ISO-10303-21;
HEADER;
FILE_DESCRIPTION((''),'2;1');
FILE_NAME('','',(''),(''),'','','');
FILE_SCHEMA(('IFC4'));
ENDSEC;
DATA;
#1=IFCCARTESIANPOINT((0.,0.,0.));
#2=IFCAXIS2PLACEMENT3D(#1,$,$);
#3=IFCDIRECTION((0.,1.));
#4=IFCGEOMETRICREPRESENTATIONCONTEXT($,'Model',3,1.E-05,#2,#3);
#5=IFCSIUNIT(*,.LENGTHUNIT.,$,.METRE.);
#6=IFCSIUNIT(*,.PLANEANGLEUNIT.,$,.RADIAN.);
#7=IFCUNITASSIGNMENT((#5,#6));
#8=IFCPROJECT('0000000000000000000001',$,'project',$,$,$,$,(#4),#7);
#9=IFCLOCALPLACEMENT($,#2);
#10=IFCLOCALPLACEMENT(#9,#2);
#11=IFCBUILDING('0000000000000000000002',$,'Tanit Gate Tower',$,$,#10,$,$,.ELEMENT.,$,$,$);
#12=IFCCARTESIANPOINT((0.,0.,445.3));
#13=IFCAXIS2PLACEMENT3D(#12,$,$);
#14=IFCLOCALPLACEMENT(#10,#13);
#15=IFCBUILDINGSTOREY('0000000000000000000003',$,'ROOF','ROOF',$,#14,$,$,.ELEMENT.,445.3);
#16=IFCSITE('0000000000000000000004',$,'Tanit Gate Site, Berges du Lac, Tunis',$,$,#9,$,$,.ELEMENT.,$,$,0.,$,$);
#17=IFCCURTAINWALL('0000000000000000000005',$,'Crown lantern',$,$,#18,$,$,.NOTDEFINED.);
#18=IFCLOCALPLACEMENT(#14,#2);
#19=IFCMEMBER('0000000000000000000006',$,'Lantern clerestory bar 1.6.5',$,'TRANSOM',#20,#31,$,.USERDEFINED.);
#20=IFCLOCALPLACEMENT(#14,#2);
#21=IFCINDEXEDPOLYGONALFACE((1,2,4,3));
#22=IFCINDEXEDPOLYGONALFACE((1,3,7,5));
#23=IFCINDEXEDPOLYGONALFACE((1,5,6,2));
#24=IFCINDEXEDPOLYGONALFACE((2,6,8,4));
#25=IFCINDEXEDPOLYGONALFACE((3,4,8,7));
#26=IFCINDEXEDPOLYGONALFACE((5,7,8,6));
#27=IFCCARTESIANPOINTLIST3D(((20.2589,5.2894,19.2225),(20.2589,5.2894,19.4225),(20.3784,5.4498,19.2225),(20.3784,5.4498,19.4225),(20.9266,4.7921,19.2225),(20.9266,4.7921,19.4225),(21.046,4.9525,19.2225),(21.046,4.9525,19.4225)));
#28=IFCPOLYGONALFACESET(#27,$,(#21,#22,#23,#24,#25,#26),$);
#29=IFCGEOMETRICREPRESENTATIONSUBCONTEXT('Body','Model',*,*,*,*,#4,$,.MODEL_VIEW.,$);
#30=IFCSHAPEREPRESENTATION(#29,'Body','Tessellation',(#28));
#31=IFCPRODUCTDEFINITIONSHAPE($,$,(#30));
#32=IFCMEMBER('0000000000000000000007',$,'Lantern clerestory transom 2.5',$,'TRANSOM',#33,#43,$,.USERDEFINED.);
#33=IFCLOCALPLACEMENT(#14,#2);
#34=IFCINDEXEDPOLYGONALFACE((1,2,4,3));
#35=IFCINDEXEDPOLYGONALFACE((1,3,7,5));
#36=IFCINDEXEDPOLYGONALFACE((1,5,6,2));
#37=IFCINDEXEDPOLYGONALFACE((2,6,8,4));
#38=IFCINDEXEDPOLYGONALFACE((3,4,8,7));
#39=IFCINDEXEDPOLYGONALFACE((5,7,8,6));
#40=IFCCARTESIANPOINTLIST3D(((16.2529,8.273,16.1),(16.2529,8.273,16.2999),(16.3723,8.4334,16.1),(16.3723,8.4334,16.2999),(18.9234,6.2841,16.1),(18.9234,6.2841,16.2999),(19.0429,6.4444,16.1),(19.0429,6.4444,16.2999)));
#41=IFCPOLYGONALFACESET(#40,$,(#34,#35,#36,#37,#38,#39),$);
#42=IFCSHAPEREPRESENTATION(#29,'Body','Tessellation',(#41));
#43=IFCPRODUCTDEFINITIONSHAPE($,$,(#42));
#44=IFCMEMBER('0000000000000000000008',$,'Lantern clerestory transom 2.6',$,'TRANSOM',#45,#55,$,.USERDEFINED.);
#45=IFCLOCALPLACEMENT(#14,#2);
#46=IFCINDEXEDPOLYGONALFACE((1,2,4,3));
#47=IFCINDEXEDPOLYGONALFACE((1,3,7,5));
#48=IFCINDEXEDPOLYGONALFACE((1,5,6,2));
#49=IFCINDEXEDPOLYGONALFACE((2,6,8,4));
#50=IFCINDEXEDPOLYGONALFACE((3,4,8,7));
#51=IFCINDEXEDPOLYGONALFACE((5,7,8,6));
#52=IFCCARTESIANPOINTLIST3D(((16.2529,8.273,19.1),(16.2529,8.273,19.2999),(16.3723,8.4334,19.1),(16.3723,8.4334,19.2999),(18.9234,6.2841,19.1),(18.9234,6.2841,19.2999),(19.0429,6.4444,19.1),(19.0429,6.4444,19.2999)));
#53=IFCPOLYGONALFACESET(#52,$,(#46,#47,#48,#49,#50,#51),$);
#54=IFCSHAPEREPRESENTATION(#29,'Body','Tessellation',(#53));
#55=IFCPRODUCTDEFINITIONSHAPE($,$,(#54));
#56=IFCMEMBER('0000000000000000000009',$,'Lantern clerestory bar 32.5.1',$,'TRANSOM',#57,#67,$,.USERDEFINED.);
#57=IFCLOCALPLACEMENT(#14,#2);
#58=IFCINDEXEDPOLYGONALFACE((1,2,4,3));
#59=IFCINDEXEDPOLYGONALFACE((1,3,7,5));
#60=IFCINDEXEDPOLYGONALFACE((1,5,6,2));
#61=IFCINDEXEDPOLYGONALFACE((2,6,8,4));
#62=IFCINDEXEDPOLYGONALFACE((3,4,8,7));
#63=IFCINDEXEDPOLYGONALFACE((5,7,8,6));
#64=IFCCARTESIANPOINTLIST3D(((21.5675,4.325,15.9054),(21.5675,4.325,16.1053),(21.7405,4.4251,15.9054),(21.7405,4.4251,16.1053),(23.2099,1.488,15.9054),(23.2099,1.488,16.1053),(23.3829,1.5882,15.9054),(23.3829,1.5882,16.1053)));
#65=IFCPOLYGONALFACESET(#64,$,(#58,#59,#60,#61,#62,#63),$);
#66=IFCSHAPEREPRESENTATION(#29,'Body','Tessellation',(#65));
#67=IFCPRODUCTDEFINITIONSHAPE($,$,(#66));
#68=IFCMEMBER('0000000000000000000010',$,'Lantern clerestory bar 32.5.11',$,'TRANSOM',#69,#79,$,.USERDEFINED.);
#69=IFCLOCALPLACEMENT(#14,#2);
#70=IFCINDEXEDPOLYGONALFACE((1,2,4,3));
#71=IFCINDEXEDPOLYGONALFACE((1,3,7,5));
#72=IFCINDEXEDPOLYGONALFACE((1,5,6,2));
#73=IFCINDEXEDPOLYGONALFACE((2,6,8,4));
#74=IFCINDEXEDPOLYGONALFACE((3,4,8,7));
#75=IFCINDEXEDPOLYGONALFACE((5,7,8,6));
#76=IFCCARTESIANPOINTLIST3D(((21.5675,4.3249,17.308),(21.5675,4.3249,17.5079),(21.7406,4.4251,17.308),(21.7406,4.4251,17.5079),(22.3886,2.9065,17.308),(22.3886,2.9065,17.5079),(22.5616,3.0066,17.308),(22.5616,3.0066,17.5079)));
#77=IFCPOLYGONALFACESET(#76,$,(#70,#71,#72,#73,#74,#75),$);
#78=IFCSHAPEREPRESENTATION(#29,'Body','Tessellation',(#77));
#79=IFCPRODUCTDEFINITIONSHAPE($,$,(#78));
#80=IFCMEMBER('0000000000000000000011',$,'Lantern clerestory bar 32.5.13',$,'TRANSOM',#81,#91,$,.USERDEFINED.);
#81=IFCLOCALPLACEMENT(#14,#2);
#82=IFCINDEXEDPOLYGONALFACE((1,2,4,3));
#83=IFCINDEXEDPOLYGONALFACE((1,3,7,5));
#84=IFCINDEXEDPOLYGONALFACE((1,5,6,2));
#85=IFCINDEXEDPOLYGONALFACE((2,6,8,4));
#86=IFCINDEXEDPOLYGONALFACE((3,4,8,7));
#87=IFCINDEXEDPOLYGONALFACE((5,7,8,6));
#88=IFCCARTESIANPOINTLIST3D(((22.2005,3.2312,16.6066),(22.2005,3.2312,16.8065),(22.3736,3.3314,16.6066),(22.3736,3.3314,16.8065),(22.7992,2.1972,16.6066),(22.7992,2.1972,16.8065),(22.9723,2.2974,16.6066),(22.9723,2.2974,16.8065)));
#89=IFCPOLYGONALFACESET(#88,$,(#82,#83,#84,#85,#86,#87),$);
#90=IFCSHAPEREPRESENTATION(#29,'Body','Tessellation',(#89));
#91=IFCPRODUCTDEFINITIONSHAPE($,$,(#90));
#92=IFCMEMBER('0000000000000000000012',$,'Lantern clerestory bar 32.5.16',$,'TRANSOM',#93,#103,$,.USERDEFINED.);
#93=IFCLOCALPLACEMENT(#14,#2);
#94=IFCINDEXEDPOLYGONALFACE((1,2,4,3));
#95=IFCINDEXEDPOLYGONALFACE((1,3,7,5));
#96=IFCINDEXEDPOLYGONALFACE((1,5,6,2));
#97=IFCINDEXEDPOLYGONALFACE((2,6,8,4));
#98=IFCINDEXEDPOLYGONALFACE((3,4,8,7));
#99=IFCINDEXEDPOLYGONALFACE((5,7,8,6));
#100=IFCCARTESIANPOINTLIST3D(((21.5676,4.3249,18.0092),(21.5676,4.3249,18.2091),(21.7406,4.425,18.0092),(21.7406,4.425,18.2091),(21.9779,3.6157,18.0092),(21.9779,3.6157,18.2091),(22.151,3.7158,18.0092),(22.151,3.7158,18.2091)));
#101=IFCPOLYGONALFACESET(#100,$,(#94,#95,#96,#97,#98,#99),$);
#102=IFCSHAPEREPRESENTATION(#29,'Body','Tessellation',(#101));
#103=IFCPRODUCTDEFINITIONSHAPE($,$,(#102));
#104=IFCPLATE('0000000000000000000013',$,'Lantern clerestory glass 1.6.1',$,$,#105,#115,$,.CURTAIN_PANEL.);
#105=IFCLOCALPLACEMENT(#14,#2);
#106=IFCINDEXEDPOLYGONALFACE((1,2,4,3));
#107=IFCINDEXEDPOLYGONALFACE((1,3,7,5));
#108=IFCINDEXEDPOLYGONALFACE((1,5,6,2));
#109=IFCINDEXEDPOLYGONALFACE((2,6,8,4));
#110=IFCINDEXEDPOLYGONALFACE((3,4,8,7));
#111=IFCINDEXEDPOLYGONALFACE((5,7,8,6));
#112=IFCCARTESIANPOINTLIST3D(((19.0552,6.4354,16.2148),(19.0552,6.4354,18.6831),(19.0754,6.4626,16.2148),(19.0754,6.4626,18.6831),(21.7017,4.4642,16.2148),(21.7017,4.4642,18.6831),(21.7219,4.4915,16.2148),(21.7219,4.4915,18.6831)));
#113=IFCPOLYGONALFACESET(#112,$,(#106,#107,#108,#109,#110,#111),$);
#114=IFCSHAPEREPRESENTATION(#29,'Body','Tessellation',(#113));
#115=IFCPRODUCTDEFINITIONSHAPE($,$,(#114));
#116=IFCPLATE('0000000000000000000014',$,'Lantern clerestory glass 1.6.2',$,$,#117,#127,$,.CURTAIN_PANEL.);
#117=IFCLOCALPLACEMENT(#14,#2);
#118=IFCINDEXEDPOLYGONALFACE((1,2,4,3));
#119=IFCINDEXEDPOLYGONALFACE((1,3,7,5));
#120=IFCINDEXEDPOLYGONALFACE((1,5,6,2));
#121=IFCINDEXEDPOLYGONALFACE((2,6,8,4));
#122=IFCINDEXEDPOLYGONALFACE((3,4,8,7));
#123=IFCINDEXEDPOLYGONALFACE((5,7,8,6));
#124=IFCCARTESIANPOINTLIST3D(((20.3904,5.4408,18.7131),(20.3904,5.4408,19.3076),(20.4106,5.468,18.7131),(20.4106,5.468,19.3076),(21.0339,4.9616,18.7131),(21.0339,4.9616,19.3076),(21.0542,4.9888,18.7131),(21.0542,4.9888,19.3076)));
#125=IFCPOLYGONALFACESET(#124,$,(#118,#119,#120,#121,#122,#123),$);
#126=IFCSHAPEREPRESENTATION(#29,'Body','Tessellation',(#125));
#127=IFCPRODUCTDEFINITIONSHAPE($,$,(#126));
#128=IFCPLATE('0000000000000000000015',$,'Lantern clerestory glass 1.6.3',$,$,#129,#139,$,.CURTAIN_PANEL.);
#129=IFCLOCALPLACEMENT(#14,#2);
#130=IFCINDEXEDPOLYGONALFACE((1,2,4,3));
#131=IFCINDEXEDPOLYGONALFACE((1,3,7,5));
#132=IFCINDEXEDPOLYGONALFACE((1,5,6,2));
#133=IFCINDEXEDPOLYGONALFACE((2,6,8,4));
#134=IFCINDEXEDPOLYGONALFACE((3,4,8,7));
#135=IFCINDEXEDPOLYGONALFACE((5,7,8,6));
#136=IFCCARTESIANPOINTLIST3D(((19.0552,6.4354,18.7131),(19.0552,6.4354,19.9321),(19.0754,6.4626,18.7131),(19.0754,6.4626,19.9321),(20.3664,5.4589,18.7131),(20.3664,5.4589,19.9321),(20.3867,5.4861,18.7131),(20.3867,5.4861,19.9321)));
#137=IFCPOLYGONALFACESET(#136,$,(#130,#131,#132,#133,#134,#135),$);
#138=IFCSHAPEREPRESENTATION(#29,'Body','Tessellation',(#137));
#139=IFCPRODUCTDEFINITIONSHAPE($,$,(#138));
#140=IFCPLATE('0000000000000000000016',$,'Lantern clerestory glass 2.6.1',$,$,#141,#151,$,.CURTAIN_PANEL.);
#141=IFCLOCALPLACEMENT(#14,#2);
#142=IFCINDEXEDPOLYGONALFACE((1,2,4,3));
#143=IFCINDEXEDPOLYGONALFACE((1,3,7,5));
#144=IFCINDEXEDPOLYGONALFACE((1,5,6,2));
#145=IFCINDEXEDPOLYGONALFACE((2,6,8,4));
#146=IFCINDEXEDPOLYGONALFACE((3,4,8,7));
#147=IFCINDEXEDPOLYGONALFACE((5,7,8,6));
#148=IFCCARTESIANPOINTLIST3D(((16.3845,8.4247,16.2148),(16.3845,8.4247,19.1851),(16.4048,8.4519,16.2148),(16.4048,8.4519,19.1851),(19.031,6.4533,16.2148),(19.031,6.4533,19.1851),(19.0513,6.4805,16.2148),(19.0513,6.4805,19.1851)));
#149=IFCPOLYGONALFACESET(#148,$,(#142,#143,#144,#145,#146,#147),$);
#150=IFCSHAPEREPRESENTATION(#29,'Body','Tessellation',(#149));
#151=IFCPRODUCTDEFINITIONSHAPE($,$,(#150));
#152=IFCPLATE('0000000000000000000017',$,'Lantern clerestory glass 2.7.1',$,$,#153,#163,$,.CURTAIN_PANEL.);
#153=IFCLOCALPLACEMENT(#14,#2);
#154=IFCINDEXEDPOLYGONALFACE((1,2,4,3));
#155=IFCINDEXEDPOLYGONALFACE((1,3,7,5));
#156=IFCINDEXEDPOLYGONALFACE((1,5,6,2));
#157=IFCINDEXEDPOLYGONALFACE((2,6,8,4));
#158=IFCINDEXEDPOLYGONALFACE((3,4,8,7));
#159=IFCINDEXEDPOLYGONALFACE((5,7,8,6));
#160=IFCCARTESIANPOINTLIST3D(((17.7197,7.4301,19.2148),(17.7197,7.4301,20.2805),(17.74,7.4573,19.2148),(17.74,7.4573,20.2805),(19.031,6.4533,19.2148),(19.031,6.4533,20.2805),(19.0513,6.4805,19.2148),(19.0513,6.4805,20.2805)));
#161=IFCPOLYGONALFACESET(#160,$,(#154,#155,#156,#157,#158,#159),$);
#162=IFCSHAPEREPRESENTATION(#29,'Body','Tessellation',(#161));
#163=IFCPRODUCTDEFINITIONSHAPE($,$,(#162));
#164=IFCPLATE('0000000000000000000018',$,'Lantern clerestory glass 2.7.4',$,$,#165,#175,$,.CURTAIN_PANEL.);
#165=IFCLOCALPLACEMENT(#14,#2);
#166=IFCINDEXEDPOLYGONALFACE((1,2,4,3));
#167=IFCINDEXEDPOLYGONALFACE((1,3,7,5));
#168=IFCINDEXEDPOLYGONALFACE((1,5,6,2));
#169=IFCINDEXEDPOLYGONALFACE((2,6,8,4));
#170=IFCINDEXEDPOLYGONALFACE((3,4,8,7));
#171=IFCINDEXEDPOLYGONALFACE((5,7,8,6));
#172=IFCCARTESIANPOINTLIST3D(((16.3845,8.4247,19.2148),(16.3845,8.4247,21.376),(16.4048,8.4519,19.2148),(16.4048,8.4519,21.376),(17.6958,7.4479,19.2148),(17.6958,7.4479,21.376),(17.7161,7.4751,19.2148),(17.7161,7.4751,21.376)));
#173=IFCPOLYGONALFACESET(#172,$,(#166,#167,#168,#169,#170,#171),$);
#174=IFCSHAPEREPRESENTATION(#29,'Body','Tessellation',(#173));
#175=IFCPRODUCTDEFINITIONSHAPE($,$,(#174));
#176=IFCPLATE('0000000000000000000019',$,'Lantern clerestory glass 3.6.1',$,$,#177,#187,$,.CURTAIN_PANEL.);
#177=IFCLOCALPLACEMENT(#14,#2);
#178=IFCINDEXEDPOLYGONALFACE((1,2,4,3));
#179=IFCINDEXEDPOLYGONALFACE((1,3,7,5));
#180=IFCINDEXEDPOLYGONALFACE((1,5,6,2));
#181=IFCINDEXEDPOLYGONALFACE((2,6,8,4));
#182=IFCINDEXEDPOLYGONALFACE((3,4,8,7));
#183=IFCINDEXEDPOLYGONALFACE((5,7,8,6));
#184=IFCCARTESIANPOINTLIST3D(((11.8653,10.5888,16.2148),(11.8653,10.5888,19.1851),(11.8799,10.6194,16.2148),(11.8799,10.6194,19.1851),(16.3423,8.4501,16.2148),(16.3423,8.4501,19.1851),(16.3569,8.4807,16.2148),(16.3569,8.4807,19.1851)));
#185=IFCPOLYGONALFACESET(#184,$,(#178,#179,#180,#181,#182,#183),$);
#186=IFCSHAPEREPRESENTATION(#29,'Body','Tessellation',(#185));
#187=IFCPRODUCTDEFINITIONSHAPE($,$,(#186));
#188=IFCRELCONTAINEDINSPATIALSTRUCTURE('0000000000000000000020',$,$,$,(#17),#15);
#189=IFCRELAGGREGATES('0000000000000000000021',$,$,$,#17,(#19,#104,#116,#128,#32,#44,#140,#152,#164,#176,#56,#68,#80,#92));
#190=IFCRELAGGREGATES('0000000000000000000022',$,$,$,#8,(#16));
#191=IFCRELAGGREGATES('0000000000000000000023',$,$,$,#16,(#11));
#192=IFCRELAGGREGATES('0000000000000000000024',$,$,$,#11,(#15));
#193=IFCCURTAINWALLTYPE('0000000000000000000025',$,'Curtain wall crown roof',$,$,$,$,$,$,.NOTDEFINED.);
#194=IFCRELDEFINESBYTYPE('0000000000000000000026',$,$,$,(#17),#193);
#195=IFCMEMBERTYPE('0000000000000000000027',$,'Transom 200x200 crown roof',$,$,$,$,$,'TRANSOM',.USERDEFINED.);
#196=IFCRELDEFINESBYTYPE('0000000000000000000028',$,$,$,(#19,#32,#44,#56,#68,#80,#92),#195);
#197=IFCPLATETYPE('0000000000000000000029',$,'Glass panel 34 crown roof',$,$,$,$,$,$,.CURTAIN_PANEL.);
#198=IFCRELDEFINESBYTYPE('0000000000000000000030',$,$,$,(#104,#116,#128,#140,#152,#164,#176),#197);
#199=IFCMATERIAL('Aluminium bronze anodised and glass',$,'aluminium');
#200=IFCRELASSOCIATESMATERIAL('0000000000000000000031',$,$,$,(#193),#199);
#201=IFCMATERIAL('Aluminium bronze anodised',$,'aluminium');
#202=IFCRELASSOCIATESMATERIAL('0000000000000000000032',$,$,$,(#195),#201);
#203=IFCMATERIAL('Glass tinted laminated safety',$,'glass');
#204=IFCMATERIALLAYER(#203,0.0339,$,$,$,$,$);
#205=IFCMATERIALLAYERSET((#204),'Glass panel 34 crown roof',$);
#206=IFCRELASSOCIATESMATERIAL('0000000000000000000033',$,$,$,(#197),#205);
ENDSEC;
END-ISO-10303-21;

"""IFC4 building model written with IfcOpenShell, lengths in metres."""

from ifc_helpers import new_model, si_unit, direction, frame, origin, origin_2d, place, context, subcontext, project, spatial, polyline, rectangle, outline, extrude, material, layer, layer_set, material_profile, profile_set, type_object, element, aggregate, save


model = new_model("IFC4")

# Units and contexts
model_context = context("Model", 3, precision=1e-05, world=origin(), true_north=direction((0.0, 1.0)))
body_context = subcontext(model_context, "Body", "Model", "MODEL_VIEW")
ifc_project = project(units=[si_unit("LENGTHUNIT", "METRE"), si_unit("PLANEANGLEUNIT", "RADIAN")], contexts=[model_context])

# Site, building, storey
site_placement = place(None, origin())
site = spatial("IfcSite", under=ifc_project, at=site_placement, Name="Tanit Gate Site, Berges du Lac, Tunis", CompositionType="ELEMENT", RefElevation=0.0)
building_placement = place(site_placement, origin())
building = spatial("IfcBuilding", under=site, at=building_placement, Name="Tanit Gate Tower", CompositionType="ELEMENT")
storey_placement = place(building_placement, frame((0.0, 0.0, 445.3)))
storey = spatial("IfcBuildingStorey", under=building, at=storey_placement, Name="ROOF", Description="ROOF", CompositionType="ELEMENT", Elevation=445.3)

# Curtain wall, members, plates
ifc_material_1 = material(Name="Aluminium bronze anodised and glass", Category="aluminium")
curtain_wall_type = type_object("IfcCurtainWallType", Name="Curtain wall crown roof", PredefinedType="NOTDEFINED", material=ifc_material_1)
curtain_wall_placement = place(storey_placement, origin())
curtain_wall = element("IfcCurtainWall", 1, at=curtain_wall_placement, inside=storey, type_object=curtain_wall_type, Name="Crown lantern", PredefinedType="NOTDEFINED")
ifc_material_2 = material(Name="Aluminium bronze anodised", Category="aluminium")
ifc_material_profile_1 = material_profile(ifc_material_2, rectangle(XDim=0.2, YDim=0.2, at=origin_2d()), Name="200x200 bronze transom")
ifc_profile_set_1 = profile_set([ifc_material_profile_1], Name="Aluminium bronze anodised")
member_type_1 = type_object("IfcMemberType", Name="Transom 200x200 crown roof", ElementType="TRANSOM", PredefinedType="USERDEFINED", material=ifc_profile_set_1)
member_1_placement = place(storey_placement, frame((20.9863, 4.8723, 19.3225), z_axis=(-0.802001, 0.597322, 0.0), x_axis=(-0.597322, -0.802001, 0.0)))
member_1 = element("IfcMember", 2, at=member_1_placement, type_object=member_type_1, Name="Lantern clerestory bar 1.6.5", ObjectType="TRANSOM", PredefinedType="USERDEFINED", context=body_context, shape_type="SweptSolid", body=[
    extrude(rectangle(XDim=0.2, YDim=0.2, at=origin_2d()), origin(), (0.0, 0.0, 1.0), 0.8325),
])
member_2_placement = place(storey_placement, frame((18.9832, 6.3643, 16.2), z_axis=(-0.80201, 0.59731, 0.0), x_axis=(-0.59731, -0.80201, 0.0)))
member_2 = element("IfcMember", 3, at=member_2_placement, type_object=member_type_1, Name="Lantern clerestory transom 2.5", ObjectType="TRANSOM", PredefinedType="USERDEFINED", context=body_context, shape_type="SweptSolid", body=[
    extrude(rectangle(XDim=0.2, YDim=0.2, at=origin_2d()), origin(), (0.0, 0.0, 1.0), 3.3298),
])
member_3_placement = place(storey_placement, frame((18.9832, 6.3643, 19.2), z_axis=(-0.80201, 0.59731, 0.0), x_axis=(-0.59731, -0.80201, 0.0)))
member_3 = element("IfcMember", 4, at=member_3_placement, type_object=member_type_1, Name="Lantern clerestory transom 2.6", ObjectType="TRANSOM", PredefinedType="USERDEFINED", context=body_context, shape_type="SweptSolid", body=[
    extrude(rectangle(XDim=0.2, YDim=0.2, at=origin_2d()), origin(), (0.0, 0.0, 1.0), 3.3298),
])
member_4_placement = place(storey_placement, frame((23.2964, 1.5381, 16.0054), z_axis=(-0.501016, 0.865438, 0.0), x_axis=(-0.865438, -0.501016, 0.0)))
member_4 = element("IfcMember", 5, at=member_4_placement, type_object=member_type_1, Name="Lantern clerestory bar 32.5.1", ObjectType="TRANSOM", PredefinedType="USERDEFINED", context=body_context, shape_type="SweptSolid", body=[
    extrude(rectangle(XDim=0.2, YDim=0.2, at=origin_2d()), origin(), (0.0, 0.0, 1.0), 3.2781),
])
member_5_placement = place(storey_placement, frame((22.4751, 2.9565, 17.408), z_axis=(-0.50096, 0.86547, 0.0), x_axis=(-0.86547, -0.50096, 0.0)))
member_5 = element("IfcMember", 6, at=member_5_placement, type_object=member_type_1, Name="Lantern clerestory bar 32.5.11", ObjectType="TRANSOM", PredefinedType="USERDEFINED", context=body_context, shape_type="SweptSolid", body=[
    extrude(rectangle(XDim=0.2, YDim=0.2, at=origin_2d()), origin(), (0.0, 0.0, 1.0), 1.6389),
])
member_6_placement = place(storey_placement, frame((22.8857, 2.2473, 16.7065), z_axis=(-0.50106, 0.865412, 0.0), x_axis=(-0.865412, -0.50106, 0.0)))
member_6 = element("IfcMember", 7, at=member_6_placement, type_object=member_type_1, Name="Lantern clerestory bar 32.5.13", ObjectType="TRANSOM", PredefinedType="USERDEFINED", context=body_context, shape_type="SweptSolid", body=[
    extrude(rectangle(XDim=0.2, YDim=0.2, at=origin_2d()), origin(), (0.0, 0.0, 1.0), 1.1948),
])
member_7_placement = place(storey_placement, frame((22.0645, 3.6658, 18.1091), z_axis=(-0.500848, 0.865535, 0.0), x_axis=(-0.865535, -0.500848, 0.0)))
member_7 = element("IfcMember", 8, at=member_7_placement, type_object=member_type_1, Name="Lantern clerestory bar 32.5.16", ObjectType="TRANSOM", PredefinedType="USERDEFINED", context=body_context, shape_type="SweptSolid", body=[
    extrude(rectangle(XDim=0.2, YDim=0.2, at=origin_2d()), origin(), (0.0, 0.0, 1.0), 0.8193),
])
ifc_material_3 = material(Name="Glass tinted laminated safety", Category="glass")
ifc_layer = layer(ifc_material_3, 0.0339)
ifc_layer_set = layer_set([ifc_layer], Name="Glass panel 34 crown roof")
plate_type = type_object("IfcPlateType", Name="Glass panel 34 crown roof", PredefinedType="CURTAIN_PANEL", material=ifc_layer_set)
plate_1_placement = place(storey_placement, frame((21.7219, 4.4915, 16.2148), z_axis=(0.597345, 0.801984, 0.0), x_axis=(-0.801984, 0.597345, 0.0)))
plate_1 = element("IfcPlate", 9, at=plate_1_placement, type_object=plate_type, Name="Lantern clerestory glass 1.6.1", PredefinedType="CURTAIN_PANEL", context=body_context, shape_type="SweptSolid", body=[
    extrude(outline(polyline([(0.0, 0.0), (3.2999, 0.0), (3.2999, 2.4683), (0.0, 2.4683), (0.0, 0.0)])), origin(), (0.0, 0.0, -1.0), 0.0339),
])
plate_2_placement = place(storey_placement, frame((21.0542, 4.9888, 18.7131), z_axis=(0.59727, 0.80204, 0.0), x_axis=(-0.80204, 0.59727, 0.0)))
plate_2 = element("IfcPlate", 10, at=plate_2_placement, type_object=plate_type, Name="Lantern clerestory glass 1.6.2", PredefinedType="CURTAIN_PANEL", context=body_context, shape_type="SweptSolid", body=[
    extrude(outline(polyline([(0.0, 0.0), (0.8024, 0.0), (0.8024, 0.5945), (0.0, 0.5945), (0.0, 0.0)])), origin(), (0.0, 0.0, -1.0), 0.0339),
])
plate_3_placement = place(storey_placement, frame((20.3867, 5.4861, 18.7131), z_axis=(0.597297, 0.80202, 0.0), x_axis=(-0.80202, 0.597297, 0.0)))
plate_3 = element("IfcPlate", 11, at=plate_3_placement, type_object=plate_type, Name="Lantern clerestory glass 1.6.3", PredefinedType="CURTAIN_PANEL", context=body_context, shape_type="SweptSolid", body=[
    extrude(outline(polyline([(0.0, 0.0), (1.635, 0.0), (1.635, 1.219), (0.0, 1.219), (0.0, 0.0)])), origin(), (0.0, 0.0, -1.0), 0.0339),
])
plate_4_placement = place(storey_placement, frame((19.0513, 6.4805, 16.2148), z_axis=(0.597393, 0.801949, 0.0), x_axis=(-0.801949, 0.597393, 0.0)))
plate_4 = element("IfcPlate", 12, at=plate_4_placement, type_object=plate_type, Name="Lantern clerestory glass 2.6.1", PredefinedType="CURTAIN_PANEL", context=body_context, shape_type="SweptSolid", body=[
    extrude(outline(polyline([(0.0, 0.0), (3.3001, 0.0), (3.3001, 2.9702), (0.0, 2.9702), (0.0, 0.0)])), origin(), (0.0, 0.0, -1.0), 0.0339),
])
plate_5_placement = place(storey_placement, frame((19.0513, 6.4805, 19.2148), z_axis=(0.597393, 0.801949, 0.0), x_axis=(-0.801949, 0.597393, 0.0)))
plate_5 = element("IfcPlate", 13, at=plate_5_placement, type_object=plate_type, Name="Lantern clerestory glass 2.7.1", PredefinedType="CURTAIN_PANEL", context=body_context, shape_type="SweptSolid", body=[
    extrude(outline(polyline([(0.0, 0.0), (1.6351, 0.0), (1.6351, 1.0657), (0.0, 1.0657), (0.0, 0.0)])), origin(), (0.0, 0.0, -1.0), 0.0339),
])
plate_6_placement = place(storey_placement, frame((17.7161, 7.4751, 19.2148), z_axis=(0.597393, 0.801949, 0.0), x_axis=(-0.801949, 0.597393, 0.0)))
plate_6 = element("IfcPlate", 14, at=plate_6_placement, type_object=plate_type, Name="Lantern clerestory glass 2.7.4", PredefinedType="CURTAIN_PANEL", context=body_context, shape_type="SweptSolid", body=[
    extrude(outline(polyline([(0.0, 0.0), (1.6351, 0.0), (1.6351, 2.1611), (0.0, 2.1611), (0.0, 0.0)])), origin(), (0.0, 0.0, -1.0), 0.0339),
])
plate_7_placement = place(storey_placement, frame((16.3569, 8.4807, 16.2148), z_axis=(0.431041, 0.902332, 0.0), x_axis=(-0.902332, 0.431041, 0.0)))
plate_7 = element("IfcPlate", 15, at=plate_7_placement, type_object=plate_type, Name="Lantern clerestory glass 3.6.1", PredefinedType="CURTAIN_PANEL", context=body_context, shape_type="SweptSolid", body=[
    extrude(outline(polyline([(0.0, 0.0), (4.9616, 0.0), (4.9616, 2.9702), (0.0, 2.9702), (0.0, 0.0)])), origin(), (0.0, 0.0, -1.0), 0.0339),
])
aggregate(curtain_wall, [member_1, plate_1, plate_2, plate_3, member_2, member_3, plate_4, plate_5, plate_6, plate_7, member_4, member_5, member_6, member_7])

save(model, "model.ifc")
